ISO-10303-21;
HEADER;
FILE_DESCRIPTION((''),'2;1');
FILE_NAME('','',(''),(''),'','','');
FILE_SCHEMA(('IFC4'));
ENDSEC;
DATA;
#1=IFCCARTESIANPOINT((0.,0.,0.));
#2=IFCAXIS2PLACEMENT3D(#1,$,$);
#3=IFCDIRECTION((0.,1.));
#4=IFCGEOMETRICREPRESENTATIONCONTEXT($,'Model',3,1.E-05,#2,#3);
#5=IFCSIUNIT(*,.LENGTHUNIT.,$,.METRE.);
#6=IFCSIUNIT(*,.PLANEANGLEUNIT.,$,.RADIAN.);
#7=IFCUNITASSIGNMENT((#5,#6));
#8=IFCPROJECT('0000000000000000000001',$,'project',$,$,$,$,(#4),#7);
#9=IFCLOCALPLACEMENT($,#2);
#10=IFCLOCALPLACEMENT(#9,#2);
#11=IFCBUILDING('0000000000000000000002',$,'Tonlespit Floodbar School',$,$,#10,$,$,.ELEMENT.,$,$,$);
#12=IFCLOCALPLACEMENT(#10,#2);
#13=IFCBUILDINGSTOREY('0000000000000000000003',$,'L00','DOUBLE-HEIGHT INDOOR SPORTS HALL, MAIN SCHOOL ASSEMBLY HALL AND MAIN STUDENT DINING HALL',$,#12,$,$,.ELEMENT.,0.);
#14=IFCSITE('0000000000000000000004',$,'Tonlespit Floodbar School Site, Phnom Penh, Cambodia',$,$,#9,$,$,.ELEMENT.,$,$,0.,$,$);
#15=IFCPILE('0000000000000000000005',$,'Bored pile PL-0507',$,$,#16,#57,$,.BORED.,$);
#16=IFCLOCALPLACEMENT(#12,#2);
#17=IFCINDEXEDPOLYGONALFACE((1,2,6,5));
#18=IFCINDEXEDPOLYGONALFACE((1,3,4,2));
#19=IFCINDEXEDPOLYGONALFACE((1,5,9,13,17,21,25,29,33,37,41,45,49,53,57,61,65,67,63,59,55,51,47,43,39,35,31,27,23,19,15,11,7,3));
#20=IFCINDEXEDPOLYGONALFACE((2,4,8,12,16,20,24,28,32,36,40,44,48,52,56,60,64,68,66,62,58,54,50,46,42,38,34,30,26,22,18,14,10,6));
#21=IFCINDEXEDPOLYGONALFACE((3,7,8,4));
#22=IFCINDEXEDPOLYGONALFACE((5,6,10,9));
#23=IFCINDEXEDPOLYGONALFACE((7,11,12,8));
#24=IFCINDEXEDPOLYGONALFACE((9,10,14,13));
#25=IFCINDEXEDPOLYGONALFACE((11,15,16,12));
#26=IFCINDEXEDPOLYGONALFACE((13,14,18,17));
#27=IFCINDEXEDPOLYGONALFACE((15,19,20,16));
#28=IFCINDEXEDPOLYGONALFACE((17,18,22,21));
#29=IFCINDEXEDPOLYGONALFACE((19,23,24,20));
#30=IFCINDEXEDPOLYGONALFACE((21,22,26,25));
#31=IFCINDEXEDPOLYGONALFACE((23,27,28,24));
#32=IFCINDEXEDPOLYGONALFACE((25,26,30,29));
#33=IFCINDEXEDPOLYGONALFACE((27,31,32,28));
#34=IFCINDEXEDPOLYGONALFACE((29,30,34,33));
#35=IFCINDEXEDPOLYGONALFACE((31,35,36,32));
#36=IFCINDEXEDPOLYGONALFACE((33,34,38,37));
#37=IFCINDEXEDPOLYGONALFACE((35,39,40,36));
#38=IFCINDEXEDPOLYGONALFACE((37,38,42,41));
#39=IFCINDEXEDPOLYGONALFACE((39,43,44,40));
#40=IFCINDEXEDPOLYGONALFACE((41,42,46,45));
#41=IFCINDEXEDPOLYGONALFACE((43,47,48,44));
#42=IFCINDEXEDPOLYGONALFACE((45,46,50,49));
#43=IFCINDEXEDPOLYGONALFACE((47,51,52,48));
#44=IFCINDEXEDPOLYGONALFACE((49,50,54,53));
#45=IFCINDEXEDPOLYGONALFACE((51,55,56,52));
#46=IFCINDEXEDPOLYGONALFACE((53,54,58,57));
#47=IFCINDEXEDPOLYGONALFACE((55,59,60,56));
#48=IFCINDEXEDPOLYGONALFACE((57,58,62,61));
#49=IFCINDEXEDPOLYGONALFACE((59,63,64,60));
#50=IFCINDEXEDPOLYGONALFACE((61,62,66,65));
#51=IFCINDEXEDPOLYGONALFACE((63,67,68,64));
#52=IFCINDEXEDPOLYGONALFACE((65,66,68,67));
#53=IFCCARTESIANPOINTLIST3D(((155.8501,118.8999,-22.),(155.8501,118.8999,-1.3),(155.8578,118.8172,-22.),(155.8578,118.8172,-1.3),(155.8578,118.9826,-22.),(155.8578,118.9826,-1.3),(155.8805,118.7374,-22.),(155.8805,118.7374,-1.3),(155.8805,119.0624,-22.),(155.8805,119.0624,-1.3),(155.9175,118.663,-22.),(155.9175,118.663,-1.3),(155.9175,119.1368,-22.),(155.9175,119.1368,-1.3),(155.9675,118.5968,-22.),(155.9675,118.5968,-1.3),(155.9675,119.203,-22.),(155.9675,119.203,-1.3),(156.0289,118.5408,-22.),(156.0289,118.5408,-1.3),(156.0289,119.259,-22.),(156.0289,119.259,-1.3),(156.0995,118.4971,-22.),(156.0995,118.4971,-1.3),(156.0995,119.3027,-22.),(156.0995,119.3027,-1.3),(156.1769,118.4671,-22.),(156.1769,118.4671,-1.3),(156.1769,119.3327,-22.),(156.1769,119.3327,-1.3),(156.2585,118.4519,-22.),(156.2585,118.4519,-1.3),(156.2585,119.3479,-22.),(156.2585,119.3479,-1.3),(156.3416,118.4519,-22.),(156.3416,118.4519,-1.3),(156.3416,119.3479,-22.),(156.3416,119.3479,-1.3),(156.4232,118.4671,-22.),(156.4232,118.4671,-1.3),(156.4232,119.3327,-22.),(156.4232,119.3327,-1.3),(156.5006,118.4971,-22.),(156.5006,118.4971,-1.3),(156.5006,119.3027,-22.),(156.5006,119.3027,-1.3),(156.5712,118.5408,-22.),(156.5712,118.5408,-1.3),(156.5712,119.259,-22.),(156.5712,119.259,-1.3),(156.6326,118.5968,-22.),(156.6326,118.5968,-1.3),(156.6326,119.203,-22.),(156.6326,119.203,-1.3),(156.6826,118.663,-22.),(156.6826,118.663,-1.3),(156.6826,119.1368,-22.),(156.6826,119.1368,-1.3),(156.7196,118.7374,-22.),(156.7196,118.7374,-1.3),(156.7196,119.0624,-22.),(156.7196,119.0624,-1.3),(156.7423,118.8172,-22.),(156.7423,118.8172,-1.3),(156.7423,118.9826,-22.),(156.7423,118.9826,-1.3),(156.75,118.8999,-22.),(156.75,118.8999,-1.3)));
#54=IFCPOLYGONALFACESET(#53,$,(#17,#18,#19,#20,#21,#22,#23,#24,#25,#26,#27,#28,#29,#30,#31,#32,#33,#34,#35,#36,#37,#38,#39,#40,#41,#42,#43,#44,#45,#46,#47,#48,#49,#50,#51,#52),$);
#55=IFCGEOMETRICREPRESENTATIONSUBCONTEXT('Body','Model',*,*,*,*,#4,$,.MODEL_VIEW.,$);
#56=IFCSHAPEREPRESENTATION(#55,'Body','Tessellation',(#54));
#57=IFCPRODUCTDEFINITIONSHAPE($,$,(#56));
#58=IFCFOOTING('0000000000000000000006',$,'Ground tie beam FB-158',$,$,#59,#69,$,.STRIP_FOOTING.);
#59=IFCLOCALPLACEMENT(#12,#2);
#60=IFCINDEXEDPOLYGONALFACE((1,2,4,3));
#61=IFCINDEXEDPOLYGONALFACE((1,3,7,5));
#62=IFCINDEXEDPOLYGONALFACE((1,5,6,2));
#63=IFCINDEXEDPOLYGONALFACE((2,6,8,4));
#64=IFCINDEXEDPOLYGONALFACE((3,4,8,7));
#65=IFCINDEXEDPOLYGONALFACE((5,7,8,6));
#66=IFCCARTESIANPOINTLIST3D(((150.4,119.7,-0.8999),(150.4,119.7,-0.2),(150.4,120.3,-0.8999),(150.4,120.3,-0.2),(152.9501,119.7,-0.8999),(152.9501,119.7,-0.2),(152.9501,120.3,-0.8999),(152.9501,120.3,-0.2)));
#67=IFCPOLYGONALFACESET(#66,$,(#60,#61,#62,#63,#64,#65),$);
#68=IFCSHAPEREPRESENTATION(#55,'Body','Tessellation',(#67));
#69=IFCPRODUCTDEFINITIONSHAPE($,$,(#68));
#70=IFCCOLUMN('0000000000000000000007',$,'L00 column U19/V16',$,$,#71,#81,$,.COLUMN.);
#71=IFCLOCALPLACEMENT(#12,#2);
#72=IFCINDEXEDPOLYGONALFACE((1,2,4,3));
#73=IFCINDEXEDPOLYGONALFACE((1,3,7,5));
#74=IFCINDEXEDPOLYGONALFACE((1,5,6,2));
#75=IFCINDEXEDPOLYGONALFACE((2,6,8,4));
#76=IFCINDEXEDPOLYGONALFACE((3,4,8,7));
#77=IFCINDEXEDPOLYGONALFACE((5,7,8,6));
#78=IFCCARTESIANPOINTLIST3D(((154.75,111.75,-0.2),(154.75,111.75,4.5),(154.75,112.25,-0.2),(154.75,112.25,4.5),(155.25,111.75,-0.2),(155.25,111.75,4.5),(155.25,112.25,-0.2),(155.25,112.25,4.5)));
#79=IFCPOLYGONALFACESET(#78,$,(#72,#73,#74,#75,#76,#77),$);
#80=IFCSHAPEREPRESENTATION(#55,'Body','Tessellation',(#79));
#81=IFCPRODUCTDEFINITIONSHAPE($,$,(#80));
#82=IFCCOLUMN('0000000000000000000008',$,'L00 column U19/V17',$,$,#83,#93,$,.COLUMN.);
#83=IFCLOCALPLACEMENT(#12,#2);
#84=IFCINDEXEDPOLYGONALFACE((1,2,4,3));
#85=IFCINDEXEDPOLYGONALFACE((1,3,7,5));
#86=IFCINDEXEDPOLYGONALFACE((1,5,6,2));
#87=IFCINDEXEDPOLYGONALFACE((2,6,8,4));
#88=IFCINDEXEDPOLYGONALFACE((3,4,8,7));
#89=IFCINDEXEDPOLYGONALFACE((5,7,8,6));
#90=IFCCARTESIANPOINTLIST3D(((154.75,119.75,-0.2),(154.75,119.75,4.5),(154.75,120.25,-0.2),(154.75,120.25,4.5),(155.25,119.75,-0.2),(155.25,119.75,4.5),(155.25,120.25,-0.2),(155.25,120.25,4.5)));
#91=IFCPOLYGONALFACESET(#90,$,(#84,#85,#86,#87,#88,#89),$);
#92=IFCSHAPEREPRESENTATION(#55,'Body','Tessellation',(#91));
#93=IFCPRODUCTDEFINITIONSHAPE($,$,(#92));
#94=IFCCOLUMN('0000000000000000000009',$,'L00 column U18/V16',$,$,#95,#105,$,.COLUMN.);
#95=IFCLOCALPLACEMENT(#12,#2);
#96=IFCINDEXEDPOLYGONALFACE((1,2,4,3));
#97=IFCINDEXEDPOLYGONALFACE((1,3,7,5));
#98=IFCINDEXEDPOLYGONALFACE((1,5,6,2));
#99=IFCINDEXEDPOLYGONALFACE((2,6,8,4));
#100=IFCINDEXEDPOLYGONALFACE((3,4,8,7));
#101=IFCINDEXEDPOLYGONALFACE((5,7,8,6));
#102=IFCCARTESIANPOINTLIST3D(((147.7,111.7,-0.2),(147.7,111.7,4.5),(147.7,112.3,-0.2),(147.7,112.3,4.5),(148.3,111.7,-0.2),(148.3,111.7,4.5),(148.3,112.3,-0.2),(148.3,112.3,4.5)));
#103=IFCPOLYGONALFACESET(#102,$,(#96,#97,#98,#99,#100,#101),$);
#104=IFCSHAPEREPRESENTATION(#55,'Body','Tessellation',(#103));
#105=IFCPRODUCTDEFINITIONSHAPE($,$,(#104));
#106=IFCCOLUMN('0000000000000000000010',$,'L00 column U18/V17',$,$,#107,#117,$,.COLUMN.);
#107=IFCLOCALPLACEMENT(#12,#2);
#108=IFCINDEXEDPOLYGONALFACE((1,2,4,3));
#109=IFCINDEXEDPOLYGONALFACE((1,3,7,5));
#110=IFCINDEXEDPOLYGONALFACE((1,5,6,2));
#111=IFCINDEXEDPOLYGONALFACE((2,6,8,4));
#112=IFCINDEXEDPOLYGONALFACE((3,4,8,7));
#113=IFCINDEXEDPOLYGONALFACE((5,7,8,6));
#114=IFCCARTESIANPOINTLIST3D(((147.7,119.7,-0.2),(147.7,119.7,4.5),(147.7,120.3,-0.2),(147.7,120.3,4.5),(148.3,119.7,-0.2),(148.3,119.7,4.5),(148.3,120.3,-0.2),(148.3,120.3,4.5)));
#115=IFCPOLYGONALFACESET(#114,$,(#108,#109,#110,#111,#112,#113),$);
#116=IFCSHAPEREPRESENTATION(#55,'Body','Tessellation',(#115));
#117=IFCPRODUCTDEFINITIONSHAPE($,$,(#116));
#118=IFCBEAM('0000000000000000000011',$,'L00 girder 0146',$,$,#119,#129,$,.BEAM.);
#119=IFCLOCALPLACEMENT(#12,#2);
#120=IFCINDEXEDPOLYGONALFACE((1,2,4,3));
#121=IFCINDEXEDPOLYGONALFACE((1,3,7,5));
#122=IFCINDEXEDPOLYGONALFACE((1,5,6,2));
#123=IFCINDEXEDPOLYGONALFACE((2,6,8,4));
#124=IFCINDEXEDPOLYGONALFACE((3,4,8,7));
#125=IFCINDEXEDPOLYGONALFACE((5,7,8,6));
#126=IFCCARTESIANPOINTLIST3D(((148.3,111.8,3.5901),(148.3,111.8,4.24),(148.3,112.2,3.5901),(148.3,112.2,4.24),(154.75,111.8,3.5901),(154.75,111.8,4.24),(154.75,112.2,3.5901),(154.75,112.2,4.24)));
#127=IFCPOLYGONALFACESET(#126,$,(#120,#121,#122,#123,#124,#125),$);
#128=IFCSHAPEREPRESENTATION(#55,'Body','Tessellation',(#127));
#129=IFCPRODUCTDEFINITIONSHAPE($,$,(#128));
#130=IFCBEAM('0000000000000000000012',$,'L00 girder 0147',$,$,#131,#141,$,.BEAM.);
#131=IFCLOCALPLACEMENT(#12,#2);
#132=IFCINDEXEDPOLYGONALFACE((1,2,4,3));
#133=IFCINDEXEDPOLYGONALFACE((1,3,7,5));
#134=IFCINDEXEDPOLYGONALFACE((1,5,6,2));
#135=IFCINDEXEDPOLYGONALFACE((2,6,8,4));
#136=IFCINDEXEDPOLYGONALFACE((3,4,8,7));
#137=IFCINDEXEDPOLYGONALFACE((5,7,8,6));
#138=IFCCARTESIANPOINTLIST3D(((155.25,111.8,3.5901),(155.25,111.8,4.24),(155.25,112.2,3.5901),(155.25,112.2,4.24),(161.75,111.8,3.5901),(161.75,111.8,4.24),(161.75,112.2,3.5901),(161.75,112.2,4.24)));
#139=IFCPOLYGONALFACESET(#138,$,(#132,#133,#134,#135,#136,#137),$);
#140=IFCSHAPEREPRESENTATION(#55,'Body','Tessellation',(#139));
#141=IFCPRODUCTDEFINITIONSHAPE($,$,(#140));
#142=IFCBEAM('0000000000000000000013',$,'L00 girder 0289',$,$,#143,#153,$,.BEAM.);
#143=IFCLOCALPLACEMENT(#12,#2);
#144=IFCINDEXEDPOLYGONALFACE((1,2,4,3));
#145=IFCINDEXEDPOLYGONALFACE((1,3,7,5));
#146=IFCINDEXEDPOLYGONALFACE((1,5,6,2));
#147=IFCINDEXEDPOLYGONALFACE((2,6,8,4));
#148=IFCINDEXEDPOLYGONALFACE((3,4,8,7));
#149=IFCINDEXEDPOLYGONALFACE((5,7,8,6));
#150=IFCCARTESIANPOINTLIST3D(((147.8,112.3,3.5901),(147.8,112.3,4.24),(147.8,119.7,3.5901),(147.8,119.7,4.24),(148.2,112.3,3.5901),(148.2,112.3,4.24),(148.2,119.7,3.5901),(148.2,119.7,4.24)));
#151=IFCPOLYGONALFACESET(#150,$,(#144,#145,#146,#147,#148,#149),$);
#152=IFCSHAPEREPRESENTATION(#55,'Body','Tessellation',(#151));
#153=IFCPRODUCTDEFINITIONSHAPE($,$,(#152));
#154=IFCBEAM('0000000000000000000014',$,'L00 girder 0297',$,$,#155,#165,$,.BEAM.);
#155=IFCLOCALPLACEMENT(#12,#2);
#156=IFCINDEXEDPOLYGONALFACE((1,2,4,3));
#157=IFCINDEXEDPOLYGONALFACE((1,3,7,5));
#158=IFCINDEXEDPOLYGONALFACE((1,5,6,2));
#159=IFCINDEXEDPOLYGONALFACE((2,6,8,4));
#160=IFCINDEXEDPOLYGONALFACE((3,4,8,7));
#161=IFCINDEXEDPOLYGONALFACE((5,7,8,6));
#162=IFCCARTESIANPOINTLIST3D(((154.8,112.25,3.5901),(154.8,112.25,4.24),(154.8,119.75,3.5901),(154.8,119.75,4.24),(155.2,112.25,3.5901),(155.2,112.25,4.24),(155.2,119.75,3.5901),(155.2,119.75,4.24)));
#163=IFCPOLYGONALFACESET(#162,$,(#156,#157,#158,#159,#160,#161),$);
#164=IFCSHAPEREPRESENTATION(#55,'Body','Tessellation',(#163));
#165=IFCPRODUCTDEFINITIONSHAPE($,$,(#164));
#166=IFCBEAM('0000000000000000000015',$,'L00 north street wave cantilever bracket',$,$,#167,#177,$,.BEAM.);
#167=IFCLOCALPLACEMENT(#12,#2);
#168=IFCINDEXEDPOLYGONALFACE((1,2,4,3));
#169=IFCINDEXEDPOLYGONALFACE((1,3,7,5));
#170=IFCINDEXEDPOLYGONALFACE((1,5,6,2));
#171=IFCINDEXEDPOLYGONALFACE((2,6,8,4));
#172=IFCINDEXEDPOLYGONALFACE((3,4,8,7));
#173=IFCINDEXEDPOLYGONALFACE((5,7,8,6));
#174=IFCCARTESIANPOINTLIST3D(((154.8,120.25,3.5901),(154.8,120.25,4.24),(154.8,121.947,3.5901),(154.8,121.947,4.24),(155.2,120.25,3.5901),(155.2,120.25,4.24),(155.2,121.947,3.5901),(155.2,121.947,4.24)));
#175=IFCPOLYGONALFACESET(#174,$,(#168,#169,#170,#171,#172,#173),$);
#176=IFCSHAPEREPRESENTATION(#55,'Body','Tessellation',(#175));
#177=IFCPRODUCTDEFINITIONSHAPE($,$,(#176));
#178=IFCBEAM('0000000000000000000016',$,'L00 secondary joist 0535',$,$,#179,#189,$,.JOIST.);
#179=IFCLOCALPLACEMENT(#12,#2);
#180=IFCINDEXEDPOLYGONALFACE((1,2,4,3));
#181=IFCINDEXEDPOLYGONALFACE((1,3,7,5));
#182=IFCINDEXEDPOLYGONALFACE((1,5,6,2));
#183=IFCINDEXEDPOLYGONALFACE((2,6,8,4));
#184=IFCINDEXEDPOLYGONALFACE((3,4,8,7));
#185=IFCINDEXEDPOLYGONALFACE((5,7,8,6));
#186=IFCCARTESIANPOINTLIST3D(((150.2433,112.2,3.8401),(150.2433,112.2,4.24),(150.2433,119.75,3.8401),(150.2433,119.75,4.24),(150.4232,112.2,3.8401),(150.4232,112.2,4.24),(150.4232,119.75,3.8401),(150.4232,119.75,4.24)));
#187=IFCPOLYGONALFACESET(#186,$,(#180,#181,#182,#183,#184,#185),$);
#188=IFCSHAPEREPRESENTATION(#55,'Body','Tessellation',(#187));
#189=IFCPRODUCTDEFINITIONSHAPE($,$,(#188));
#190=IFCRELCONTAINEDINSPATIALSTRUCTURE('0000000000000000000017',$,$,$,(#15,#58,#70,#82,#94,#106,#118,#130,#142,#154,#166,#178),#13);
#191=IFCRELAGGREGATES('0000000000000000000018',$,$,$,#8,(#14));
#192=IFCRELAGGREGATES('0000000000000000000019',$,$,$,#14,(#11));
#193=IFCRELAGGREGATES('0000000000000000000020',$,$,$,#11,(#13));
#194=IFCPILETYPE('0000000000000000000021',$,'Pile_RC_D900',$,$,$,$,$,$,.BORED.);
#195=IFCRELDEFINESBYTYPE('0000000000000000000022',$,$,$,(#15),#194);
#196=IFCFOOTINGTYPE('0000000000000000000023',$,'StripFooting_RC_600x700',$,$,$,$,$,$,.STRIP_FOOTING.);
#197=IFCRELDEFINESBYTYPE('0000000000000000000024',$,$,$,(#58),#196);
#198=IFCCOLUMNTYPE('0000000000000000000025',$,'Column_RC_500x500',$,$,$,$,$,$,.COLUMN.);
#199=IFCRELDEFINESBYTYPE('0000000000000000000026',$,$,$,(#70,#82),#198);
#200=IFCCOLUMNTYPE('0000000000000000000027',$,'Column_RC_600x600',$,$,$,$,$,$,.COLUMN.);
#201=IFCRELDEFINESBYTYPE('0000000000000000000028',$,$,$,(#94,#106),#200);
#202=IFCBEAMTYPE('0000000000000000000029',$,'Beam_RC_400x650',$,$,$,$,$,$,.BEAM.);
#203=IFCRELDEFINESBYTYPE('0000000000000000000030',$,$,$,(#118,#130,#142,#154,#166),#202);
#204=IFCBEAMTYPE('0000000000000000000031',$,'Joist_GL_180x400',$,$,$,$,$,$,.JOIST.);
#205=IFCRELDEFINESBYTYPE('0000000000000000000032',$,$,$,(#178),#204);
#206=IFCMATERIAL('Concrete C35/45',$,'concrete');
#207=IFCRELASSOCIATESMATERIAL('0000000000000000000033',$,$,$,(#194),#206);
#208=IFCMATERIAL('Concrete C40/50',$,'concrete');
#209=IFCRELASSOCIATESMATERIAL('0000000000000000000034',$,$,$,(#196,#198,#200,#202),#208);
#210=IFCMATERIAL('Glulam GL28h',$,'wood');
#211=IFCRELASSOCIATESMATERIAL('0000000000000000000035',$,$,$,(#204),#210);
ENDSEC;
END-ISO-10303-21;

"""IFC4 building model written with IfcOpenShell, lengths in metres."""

from ifc_helpers import new_model, si_unit, direction, frame, origin, origin_2d, place, context, subcontext, project, spatial, rectangle, circle, extrude, material, material_profile, profile_set, type_object, element, save


model = new_model("IFC4")

# Units and contexts
model_context = context("Model", 3, precision=1e-05, world=origin(), true_north=direction((0.0, 1.0)))
body_context = subcontext(model_context, "Body", "Model", "MODEL_VIEW")
ifc_project = project(units=[si_unit("LENGTHUNIT", "METRE"), si_unit("PLANEANGLEUNIT", "RADIAN")], contexts=[model_context])

# Site, building, storey
site_placement = place(None, origin())
site = spatial("IfcSite", under=ifc_project, at=site_placement, Name="Tonlespit Floodbar School Site, Phnom Penh, Cambodia", CompositionType="ELEMENT", RefElevation=0.0)
building_placement = place(site_placement, origin())
building = spatial("IfcBuilding", under=site, at=building_placement, Name="Tonlespit Floodbar School", CompositionType="ELEMENT")
storey_placement = place(building_placement, origin())
storey = spatial("IfcBuildingStorey", under=building, at=storey_placement, Name="L00", Description="DOUBLE-HEIGHT INDOOR SPORTS HALL, MAIN SCHOOL ASSEMBLY HALL AND MAIN STUDENT DINING HALL", CompositionType="ELEMENT", Elevation=0.0)

# Shared definitions
ifc_material_1 = material(Name="Concrete C40/50", Category="concrete")

# Pile
ifc_material_2 = material(Name="Concrete C35/45", Category="concrete")
ifc_material_profile_1 = material_profile(ifc_material_2, circle(Radius=0.45, at=origin_2d()), Name="BP D900")
ifc_profile_set_1 = profile_set([ifc_material_profile_1], Name="Concrete C35/45")
pile_type_1 = type_object("IfcPileType", Name="Pile_RC_D900", PredefinedType="BORED", material=ifc_profile_set_1)
for number, where, z_axis, x_axis, name in (
    (1, (156.3, 118.8999, -1.3), (0.0, 0.0, -1.0), (1.0, 0.0, 0.0), "Bored pile PL-0507"),
):
    element("IfcPile", number, at=place(storey_placement, frame(where, z_axis=z_axis, x_axis=x_axis)), inside=storey, type_object=pile_type_1, Name=name, PredefinedType="BORED", context=body_context, shape_type="SweptSolid", body=[
        extrude(circle(Radius=0.45, at=origin_2d()), origin(), (0.0, 0.0, 1.0), 20.7),
    ])

# Footing
footing_type_1 = type_object("IfcFootingType", Name="StripFooting_RC_600x700", PredefinedType="STRIP_FOOTING", material=ifc_material_1)
footing_1_placement = place(storey_placement, frame((151.675, 120.0, -0.8999), z_axis=(0.0, 0.0, 1.0), x_axis=(1.0, 0.0, 0.0)))
element("IfcFooting", 2, at=footing_1_placement, inside=storey, type_object=footing_type_1, Name="Ground tie beam FB-158", PredefinedType="STRIP_FOOTING", context=body_context, shape_type="SweptSolid", body=[
    extrude(rectangle(XDim=2.55, YDim=0.6001, at=origin_2d()), origin(), (0.0, 0.0, 1.0), 0.7),
])

# Columns
ifc_material_profile_2 = material_profile(ifc_material_1, rectangle(XDim=0.5, YDim=0.5, at=origin_2d()), Name="RC 500x500")
ifc_profile_set_2 = profile_set([ifc_material_profile_2], Name="Concrete C40/50")
column_type_1 = type_object("IfcColumnType", Name="Column_RC_500x500", PredefinedType="COLUMN", material=ifc_profile_set_2)
for number, where, z_axis, x_axis, name in (
    (3, (155.0, 112.0, -0.2), (0.0, 0.0, 1.0), (1.0, 0.0, 0.0), "L00 column U19/V16"),
    (4, (155.0, 120.0, -0.2), (0.0, 0.0, 1.0), (1.0, 0.0, 0.0), "L00 column U19/V17"),
):
    element("IfcColumn", number, at=place(storey_placement, frame(where, z_axis=z_axis, x_axis=x_axis)), inside=storey, type_object=column_type_1, Name=name, PredefinedType="COLUMN", context=body_context, shape_type="SweptSolid", body=[
        extrude(rectangle(XDim=0.5, YDim=0.5, at=origin_2d()), origin(), (0.0, 0.0, 1.0), 4.7),
    ])
ifc_material_profile_3 = material_profile(ifc_material_1, rectangle(XDim=0.6001, YDim=0.6001, at=origin_2d()), Name="RC 600x600")
ifc_profile_set_3 = profile_set([ifc_material_profile_3], Name="Concrete C40/50")
column_type_2 = type_object("IfcColumnType", Name="Column_RC_600x600", PredefinedType="COLUMN", material=ifc_profile_set_3)
for number, where, z_axis, x_axis, name in (
    (5, (148.0, 112.0, -0.2), (0.0, 0.0, 1.0), (1.0, 0.0, 0.0), "L00 column U18/V16"),
    (6, (148.0, 120.0, -0.2), (0.0, 0.0, 1.0), (1.0, 0.0, 0.0), "L00 column U18/V17"),
):
    element("IfcColumn", number, at=place(storey_placement, frame(where, z_axis=z_axis, x_axis=x_axis)), inside=storey, type_object=column_type_2, Name=name, PredefinedType="COLUMN", context=body_context, shape_type="SweptSolid", body=[
        extrude(rectangle(XDim=0.6001, YDim=0.6001, at=origin_2d()), origin(), (0.0, 0.0, 1.0), 4.7),
    ])

# Beams
ifc_material_profile_4 = material_profile(ifc_material_1, rectangle(XDim=0.3999, YDim=0.6499, at=origin_2d()), Name="RC 400x650")
ifc_profile_set_4 = profile_set([ifc_material_profile_4], Name="Concrete C40/50")
beam_type_1 = type_object("IfcBeamType", Name="Beam_RC_400x650", PredefinedType="BEAM", material=ifc_profile_set_4)
beam_1_placement = place(storey_placement, frame((148.3, 112.0, 3.915), z_axis=(1.0, 0.0, 0.0), x_axis=(0.0, 1.0, 0.0)))
element("IfcBeam", 7, at=beam_1_placement, inside=storey, type_object=beam_type_1, Name="L00 girder 0146", PredefinedType="BEAM", context=body_context, shape_type="SweptSolid", body=[
    extrude(rectangle(XDim=0.3999, YDim=0.6499, at=origin_2d()), origin(), (0.0, 0.0, 1.0), 6.45),
])
beam_2_placement = place(storey_placement, frame((155.25, 112.0, 3.915), z_axis=(1.0, 0.0, 0.0), x_axis=(0.0, 1.0, 0.0)))
element("IfcBeam", 8, at=beam_2_placement, inside=storey, type_object=beam_type_1, Name="L00 girder 0147", PredefinedType="BEAM", context=body_context, shape_type="SweptSolid", body=[
    extrude(rectangle(XDim=0.3999, YDim=0.6499, at=origin_2d()), origin(), (0.0, 0.0, 1.0), 6.5),
])
beam_3_placement = place(storey_placement, frame((148.0, 112.3, 3.915), z_axis=(0.0, 1.0, 0.0), x_axis=(-1.0, 0.0, 0.0)))
element("IfcBeam", 9, at=beam_3_placement, inside=storey, type_object=beam_type_1, Name="L00 girder 0289", PredefinedType="BEAM", context=body_context, shape_type="SweptSolid", body=[
    extrude(rectangle(XDim=0.3999, YDim=0.6499, at=origin_2d()), origin(), (0.0, 0.0, 1.0), 7.3999),
])
beam_4_placement = place(storey_placement, frame((155.0, 112.25, 3.915), z_axis=(0.0, 1.0, 0.0), x_axis=(-1.0, 0.0, 0.0)))
element("IfcBeam", 10, at=beam_4_placement, inside=storey, type_object=beam_type_1, Name="L00 girder 0297", PredefinedType="BEAM", context=body_context, shape_type="SweptSolid", body=[
    extrude(rectangle(XDim=0.3999, YDim=0.6499, at=origin_2d()), origin(), (0.0, 0.0, 1.0), 7.5),
])
beam_5_placement = place(storey_placement, frame((155.0, 120.25, 3.915), z_axis=(0.0, 1.0, 0.0), x_axis=(-1.0, 0.0, 0.0)))
element("IfcBeam", 11, at=beam_5_placement, inside=storey, type_object=beam_type_1, Name="L00 north street wave cantilever bracket", PredefinedType="BEAM", context=body_context, shape_type="SweptSolid", body=[
    extrude(rectangle(XDim=0.3999, YDim=0.6499, at=origin_2d()), origin(), (0.0, 0.0, 1.0), 1.697),
])
ifc_material_3 = material(Name="Glulam GL28h", Category="wood")
ifc_material_profile_5 = material_profile(ifc_material_3, rectangle(XDim=0.1799, YDim=0.3999, at=origin_2d()), Name="GL 180x400")
ifc_profile_set_5 = profile_set([ifc_material_profile_5], Name="Glulam GL28h")
beam_type_2 = type_object("IfcBeamType", Name="Joist_GL_180x400", PredefinedType="JOIST", material=ifc_profile_set_5)
for number, where, z_axis, x_axis, name in (
    (12, (150.3333, 112.2, 4.04), (0.0, 1.0, 0.0), (-1.0, 0.0, 0.0), "L00 secondary joist 0535"),
):
    element("IfcBeam", number, at=place(storey_placement, frame(where, z_axis=z_axis, x_axis=x_axis)), inside=storey, type_object=beam_type_2, Name=name, PredefinedType="JOIST", context=body_context, shape_type="SweptSolid", body=[
        extrude(rectangle(XDim=0.1799, YDim=0.3999, at=origin_2d()), origin(), (0.0, 0.0, 1.0), 7.55),
    ])

save(model, "model.ifc")
